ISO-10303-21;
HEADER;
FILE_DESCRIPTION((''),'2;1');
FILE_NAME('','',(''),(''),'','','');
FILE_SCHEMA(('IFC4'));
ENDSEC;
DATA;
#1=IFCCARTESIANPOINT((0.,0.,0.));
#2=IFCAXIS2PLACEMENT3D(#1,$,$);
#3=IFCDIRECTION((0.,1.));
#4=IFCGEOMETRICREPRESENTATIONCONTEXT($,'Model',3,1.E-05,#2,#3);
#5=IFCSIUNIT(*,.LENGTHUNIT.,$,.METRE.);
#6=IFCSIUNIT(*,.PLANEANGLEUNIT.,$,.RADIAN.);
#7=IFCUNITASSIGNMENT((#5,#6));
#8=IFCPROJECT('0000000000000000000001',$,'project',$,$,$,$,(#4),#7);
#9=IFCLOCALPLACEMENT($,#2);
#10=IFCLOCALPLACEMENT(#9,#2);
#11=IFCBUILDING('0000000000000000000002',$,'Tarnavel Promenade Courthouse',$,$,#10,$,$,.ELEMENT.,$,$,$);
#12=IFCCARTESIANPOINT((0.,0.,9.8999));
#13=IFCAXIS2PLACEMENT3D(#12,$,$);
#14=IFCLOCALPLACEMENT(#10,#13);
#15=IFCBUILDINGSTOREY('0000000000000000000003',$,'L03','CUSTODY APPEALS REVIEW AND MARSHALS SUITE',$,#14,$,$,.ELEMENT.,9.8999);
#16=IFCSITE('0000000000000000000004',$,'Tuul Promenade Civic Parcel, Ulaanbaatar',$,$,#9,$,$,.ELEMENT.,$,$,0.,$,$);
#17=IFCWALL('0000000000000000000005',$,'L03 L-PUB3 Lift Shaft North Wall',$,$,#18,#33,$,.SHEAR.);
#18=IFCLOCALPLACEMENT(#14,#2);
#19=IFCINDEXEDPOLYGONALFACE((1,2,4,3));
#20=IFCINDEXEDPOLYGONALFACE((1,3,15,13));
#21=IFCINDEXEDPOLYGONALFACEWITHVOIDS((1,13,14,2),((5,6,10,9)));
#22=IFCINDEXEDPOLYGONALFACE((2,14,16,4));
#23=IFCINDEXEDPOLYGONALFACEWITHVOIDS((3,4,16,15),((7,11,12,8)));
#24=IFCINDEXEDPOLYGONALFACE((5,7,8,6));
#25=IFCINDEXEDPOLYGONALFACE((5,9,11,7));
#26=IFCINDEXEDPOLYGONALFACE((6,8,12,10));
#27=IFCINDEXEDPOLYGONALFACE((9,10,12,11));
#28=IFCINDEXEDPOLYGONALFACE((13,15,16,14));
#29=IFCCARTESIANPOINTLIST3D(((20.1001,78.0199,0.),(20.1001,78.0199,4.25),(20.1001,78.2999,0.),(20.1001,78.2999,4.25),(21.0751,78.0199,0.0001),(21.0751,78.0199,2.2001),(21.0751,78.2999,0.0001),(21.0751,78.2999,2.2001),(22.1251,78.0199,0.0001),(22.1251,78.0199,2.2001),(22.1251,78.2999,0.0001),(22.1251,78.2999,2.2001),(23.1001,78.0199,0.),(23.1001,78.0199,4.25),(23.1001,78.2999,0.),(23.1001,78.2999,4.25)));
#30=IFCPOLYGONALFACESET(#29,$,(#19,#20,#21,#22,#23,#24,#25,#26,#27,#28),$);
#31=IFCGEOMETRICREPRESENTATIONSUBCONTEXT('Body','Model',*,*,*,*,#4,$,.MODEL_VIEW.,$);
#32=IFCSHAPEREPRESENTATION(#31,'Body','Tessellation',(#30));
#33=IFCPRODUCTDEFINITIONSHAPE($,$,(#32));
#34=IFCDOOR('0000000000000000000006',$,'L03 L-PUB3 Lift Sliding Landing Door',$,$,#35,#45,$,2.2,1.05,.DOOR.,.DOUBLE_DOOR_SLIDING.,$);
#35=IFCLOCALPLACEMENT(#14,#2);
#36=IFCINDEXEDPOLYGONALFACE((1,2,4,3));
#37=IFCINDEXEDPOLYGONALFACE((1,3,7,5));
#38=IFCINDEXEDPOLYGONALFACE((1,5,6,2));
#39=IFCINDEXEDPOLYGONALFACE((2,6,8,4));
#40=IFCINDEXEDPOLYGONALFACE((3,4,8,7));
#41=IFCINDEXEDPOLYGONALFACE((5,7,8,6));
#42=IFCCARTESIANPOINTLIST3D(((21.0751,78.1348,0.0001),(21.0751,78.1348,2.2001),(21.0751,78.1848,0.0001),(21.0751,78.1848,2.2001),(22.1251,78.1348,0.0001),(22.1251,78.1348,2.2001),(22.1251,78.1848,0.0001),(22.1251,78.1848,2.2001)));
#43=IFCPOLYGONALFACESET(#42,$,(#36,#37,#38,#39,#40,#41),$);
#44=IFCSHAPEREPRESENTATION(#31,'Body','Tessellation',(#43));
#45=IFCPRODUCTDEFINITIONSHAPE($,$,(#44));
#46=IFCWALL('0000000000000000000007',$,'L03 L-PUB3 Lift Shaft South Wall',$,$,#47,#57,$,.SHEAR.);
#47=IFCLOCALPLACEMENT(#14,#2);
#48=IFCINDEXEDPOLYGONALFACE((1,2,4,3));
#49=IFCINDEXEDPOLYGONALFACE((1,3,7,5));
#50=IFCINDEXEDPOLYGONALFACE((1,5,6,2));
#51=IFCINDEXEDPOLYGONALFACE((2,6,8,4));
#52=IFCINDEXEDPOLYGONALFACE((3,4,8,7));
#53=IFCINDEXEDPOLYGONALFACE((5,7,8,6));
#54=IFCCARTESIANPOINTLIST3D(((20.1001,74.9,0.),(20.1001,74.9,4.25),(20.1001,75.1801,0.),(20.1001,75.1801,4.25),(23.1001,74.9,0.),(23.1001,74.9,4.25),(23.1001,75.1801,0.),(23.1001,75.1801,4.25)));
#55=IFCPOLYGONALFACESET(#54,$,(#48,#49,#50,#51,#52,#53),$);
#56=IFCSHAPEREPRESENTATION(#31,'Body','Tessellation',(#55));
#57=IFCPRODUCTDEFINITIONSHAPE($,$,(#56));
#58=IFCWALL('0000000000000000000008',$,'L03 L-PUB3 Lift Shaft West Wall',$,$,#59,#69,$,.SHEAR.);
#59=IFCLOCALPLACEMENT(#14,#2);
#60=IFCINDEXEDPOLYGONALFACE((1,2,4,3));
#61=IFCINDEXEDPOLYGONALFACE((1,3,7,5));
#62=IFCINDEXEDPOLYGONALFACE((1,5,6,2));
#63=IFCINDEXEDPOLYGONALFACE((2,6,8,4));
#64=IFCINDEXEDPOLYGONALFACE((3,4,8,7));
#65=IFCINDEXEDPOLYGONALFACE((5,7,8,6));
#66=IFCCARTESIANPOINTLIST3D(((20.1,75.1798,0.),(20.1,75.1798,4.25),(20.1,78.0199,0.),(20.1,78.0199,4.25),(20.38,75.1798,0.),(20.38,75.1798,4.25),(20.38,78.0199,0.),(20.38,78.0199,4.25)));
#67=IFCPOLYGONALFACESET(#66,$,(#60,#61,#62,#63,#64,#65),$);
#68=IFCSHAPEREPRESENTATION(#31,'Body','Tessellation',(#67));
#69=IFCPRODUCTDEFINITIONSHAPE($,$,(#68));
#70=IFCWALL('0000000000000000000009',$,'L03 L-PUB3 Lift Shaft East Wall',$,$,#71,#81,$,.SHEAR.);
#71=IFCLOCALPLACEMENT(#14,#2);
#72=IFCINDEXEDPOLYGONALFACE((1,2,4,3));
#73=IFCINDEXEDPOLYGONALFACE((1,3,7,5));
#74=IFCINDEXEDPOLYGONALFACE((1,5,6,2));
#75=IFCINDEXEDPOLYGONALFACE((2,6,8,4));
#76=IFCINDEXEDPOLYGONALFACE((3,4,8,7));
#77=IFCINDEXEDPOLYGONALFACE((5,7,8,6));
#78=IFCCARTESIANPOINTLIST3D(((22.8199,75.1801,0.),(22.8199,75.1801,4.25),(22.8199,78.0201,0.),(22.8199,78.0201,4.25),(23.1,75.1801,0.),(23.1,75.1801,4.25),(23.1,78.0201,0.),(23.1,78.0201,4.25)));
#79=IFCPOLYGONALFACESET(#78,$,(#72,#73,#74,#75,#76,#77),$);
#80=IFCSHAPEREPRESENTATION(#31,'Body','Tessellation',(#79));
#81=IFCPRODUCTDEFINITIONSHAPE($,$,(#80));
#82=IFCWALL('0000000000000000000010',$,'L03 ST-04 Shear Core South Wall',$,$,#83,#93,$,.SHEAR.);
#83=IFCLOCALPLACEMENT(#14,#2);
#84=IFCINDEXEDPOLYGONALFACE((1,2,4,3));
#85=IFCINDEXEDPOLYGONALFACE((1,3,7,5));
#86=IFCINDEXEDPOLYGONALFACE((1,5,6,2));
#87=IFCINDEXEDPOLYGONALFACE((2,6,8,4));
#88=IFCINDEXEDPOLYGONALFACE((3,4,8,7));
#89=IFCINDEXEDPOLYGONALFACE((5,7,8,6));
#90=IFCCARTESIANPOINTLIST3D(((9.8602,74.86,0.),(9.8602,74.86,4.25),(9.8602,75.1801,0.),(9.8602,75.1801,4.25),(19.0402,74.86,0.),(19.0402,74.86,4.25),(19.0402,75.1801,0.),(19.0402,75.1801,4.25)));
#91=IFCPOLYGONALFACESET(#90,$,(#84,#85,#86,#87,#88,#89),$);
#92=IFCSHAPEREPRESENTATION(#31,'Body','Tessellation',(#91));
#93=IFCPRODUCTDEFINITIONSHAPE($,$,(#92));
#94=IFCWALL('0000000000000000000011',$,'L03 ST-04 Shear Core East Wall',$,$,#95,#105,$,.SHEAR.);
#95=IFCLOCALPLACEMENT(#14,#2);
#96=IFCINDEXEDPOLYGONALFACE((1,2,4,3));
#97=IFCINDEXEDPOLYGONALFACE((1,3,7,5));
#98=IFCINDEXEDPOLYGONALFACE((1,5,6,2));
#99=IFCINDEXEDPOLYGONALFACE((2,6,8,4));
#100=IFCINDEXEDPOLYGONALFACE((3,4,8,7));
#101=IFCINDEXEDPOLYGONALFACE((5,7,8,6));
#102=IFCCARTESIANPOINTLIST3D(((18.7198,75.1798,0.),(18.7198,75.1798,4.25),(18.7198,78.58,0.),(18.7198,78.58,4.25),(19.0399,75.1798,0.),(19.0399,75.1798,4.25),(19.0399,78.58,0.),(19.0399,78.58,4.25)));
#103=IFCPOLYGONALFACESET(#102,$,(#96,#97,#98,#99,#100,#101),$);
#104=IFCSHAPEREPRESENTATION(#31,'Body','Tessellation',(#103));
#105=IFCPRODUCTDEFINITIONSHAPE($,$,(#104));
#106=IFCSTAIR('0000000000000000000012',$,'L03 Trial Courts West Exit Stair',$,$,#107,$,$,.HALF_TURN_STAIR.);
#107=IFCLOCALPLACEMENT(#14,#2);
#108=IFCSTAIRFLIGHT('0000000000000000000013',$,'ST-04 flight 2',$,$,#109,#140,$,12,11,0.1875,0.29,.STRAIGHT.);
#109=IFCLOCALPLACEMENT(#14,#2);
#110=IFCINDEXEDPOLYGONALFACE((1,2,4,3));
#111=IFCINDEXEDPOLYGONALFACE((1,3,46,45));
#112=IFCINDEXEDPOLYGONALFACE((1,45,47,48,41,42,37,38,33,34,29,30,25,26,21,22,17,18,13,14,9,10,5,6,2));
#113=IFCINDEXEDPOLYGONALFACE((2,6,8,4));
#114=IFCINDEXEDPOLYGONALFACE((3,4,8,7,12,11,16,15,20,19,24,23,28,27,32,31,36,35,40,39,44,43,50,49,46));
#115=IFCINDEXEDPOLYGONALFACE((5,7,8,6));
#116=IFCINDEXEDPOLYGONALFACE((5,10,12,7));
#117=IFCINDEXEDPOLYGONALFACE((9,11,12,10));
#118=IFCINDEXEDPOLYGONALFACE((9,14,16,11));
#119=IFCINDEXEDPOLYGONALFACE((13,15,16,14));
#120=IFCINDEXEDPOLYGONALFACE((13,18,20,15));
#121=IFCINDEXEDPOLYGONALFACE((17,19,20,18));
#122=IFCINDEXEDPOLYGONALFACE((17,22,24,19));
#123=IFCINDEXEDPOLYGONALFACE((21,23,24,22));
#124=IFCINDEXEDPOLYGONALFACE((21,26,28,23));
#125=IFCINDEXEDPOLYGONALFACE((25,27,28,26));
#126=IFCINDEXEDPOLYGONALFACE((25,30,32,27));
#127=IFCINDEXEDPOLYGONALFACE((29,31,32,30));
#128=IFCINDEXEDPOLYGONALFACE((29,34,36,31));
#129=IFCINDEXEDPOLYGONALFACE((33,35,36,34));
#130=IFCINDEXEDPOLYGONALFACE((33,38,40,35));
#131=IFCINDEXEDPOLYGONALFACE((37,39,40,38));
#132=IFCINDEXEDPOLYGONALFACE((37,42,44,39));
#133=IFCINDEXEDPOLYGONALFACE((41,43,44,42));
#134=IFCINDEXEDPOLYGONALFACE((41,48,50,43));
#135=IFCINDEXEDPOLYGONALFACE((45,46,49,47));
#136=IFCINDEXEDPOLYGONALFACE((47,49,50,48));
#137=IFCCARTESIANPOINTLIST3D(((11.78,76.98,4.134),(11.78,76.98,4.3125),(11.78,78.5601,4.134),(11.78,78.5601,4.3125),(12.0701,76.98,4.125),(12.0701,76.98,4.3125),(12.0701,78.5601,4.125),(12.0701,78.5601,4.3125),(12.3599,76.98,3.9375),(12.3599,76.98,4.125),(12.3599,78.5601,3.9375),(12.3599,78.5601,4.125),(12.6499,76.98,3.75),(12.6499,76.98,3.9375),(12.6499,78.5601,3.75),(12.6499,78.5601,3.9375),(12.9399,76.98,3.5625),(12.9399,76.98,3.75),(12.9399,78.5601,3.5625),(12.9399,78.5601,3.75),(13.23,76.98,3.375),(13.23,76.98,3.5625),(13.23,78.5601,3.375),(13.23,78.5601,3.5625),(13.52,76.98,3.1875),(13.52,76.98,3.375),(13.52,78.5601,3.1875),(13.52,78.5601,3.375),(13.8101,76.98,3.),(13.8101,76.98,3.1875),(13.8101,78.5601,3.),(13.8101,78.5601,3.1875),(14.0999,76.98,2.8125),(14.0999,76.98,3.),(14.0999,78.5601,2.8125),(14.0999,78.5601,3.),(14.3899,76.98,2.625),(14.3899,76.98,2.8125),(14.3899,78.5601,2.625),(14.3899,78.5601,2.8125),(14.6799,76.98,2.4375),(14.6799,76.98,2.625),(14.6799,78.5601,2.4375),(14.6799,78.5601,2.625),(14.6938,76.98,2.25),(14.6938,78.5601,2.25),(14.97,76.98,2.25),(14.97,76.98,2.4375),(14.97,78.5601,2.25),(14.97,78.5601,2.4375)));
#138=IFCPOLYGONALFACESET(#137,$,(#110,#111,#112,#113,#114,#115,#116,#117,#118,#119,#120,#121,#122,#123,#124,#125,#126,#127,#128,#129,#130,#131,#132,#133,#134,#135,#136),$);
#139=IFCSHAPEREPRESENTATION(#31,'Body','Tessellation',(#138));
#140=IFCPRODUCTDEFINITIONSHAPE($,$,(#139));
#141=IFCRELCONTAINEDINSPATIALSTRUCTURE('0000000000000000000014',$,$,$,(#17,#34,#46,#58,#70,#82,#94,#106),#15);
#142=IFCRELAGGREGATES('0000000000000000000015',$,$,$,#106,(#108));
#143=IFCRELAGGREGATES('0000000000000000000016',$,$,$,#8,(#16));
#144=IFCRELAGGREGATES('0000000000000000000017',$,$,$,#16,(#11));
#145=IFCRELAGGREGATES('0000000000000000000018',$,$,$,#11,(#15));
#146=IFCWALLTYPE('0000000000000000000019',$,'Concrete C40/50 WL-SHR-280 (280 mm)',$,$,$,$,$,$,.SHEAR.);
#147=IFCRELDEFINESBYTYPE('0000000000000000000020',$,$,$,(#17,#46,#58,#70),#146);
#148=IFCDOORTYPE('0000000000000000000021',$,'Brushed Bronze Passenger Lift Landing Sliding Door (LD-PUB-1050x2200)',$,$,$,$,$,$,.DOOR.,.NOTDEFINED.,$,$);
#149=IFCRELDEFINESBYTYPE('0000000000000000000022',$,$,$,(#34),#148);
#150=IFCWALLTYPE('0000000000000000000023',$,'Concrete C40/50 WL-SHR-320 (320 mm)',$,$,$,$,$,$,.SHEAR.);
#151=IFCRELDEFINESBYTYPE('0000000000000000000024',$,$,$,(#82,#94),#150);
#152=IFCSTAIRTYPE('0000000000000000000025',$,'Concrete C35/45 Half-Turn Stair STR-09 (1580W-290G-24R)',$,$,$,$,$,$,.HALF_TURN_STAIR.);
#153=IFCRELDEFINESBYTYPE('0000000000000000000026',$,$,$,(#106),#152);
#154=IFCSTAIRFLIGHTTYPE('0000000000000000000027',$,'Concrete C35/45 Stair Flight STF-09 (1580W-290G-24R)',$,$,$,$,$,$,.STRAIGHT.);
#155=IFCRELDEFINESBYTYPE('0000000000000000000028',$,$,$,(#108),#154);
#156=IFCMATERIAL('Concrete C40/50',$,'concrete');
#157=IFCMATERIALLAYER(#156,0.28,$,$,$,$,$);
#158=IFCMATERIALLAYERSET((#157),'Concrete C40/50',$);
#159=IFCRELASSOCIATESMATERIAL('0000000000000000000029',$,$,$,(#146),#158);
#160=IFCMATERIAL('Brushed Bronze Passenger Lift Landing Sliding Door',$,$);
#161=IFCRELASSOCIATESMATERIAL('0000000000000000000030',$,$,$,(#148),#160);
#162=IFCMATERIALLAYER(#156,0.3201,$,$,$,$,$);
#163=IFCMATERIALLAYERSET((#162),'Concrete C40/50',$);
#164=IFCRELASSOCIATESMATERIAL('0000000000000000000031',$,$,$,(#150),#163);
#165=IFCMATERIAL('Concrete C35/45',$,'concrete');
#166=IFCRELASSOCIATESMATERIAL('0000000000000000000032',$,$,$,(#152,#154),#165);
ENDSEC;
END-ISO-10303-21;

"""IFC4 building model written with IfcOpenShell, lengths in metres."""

from ifc_helpers import new_model, si_unit, direction, frame, frame_2d, origin, place, context, subcontext, project, spatial, polyline, rectangle, outline, extrude, material, layer, layer_set, type_object, element, fill, aggregate, save


model = new_model("IFC4")

# Units and contexts
model_context = context("Model", 3, precision=1e-05, world=origin(), true_north=direction((0.0, 1.0)))
body_context = subcontext(model_context, "Body", "Model", "MODEL_VIEW")
ifc_project = project(units=[si_unit("LENGTHUNIT", "METRE"), si_unit("PLANEANGLEUNIT", "RADIAN")], contexts=[model_context])

# Site, building, storey
site_placement = place(None, origin())
site = spatial("IfcSite", under=ifc_project, at=site_placement, Name="Tuul Promenade Civic Parcel, Ulaanbaatar", CompositionType="ELEMENT", RefElevation=0.0)
building_placement = place(site_placement, origin())
building = spatial("IfcBuilding", under=site, at=building_placement, Name="Tarnavel Promenade Courthouse", CompositionType="ELEMENT")
storey_placement = place(building_placement, frame((0.0, 0.0, 9.8999)))
storey = spatial("IfcBuildingStorey", under=building, at=storey_placement, Name="L03", Description="CUSTODY APPEALS REVIEW AND MARSHALS SUITE", CompositionType="ELEMENT", Elevation=9.8999)

# Shared definitions
ifc_material_1 = material(Name="Concrete C40/50", Category="concrete")

# Wall, opening, door
ifc_layer_1 = layer(ifc_material_1, 0.28)
ifc_layer_set_1 = layer_set([ifc_layer_1], Name="Concrete C40/50")
wall_type_1 = type_object("IfcWallType", Name="Concrete C40/50 WL-SHR-280 (280 mm)", PredefinedType="SHEAR", material=ifc_layer_set_1)
wall_1_placement = place(storey_placement, frame((20.1001, 78.1599, 0.0), z_axis=(0.0, 0.0, 1.0), x_axis=(1.0, 0.0, 0.0)))
wall_1 = element("IfcWall", 1, at=wall_1_placement, inside=storey, type_object=wall_type_1, Name="L03 L-PUB3 Lift Shaft North Wall", PredefinedType="SHEAR", context=body_context, shape_type="SweptSolid", body=[
    extrude(rectangle(XDim=3.0, YDim=0.28, at=frame_2d((1.5, 0.0))), origin(), (0.0, 0.0, 1.0), 4.25),
])
opening_placement = place(wall_1_placement, frame((0.9751, 0.0, 0.0)))
opening = element("IfcOpeningElement", 2, at=opening_placement, cuts=wall_1, PredefinedType="OPENING", context=body_context, shape_type="SweptSolid", body=[
    extrude(rectangle(XDim=1.05, YDim=2.2, at=frame_2d((0.5249, 1.1001))), frame((0.0, 0.1499, 0.0), z_axis=(0.0, -1.0, 0.0), x_axis=(1.0, 0.0, 0.0)), (0.0, 0.0, 1.0), 0.3),
])
ifc_material_2 = material(Name="Brushed Bronze Passenger Lift Landing Sliding Door")
door_type = type_object("IfcDoorType", Name="Brushed Bronze Passenger Lift Landing Sliding Door (LD-PUB-1050x2200)", OperationType="NOTDEFINED", PredefinedType="DOOR", material=ifc_material_2)
door_placement = place(opening_placement, origin())
door = element("IfcDoor", 3, at=door_placement, inside=storey, type_object=door_type, Name="L03 L-PUB3 Lift Sliding Landing Door", OperationType="DOUBLE_DOOR_SLIDING", OverallHeight=2.2, OverallWidth=1.05, PredefinedType="DOOR", context=body_context, shape_type="SweptSolid", body=[
    extrude(rectangle(XDim=1.05, YDim=2.2, at=frame_2d((0.5249, 1.1001))), frame((0.0, 0.0249, 0.0), z_axis=(0.0, -1.0, 0.0), x_axis=(1.0, 0.0, 0.0)), (0.0, 0.0, 1.0), 0.05),
])
fill(opening, door)

# Walls
wall_2_placement = place(storey_placement, frame((23.1001, 75.04, 0.0), z_axis=(0.0, 0.0, 1.0), x_axis=(-1.0, 0.0, 0.0)))
element("IfcWall", 4, at=wall_2_placement, inside=storey, type_object=wall_type_1, Name="L03 L-PUB3 Lift Shaft South Wall", PredefinedType="SHEAR", context=body_context, shape_type="SweptSolid", body=[
    extrude(rectangle(XDim=3.0, YDim=0.28, at=frame_2d((1.5, 0.0))), origin(), (0.0, 0.0, 1.0), 4.25),
])
for number, where, z_axis, x_axis, name in (
    (5, (20.24, 75.1799, 0.0), (0.0, 0.0, 1.0), (0.0, 1.0, 0.0), "L03 L-PUB3 Lift Shaft West Wall"),
    (6, (22.96, 78.02, 0.0), (0.0, 0.0, 1.0), (0.0, -1.0, 0.0), "L03 L-PUB3 Lift Shaft East Wall"),
):
    element("IfcWall", number, at=place(storey_placement, frame(where, z_axis=z_axis, x_axis=x_axis)), inside=storey, type_object=wall_type_1, Name=name, PredefinedType="SHEAR", context=body_context, shape_type="SweptSolid", body=[
        extrude(rectangle(XDim=2.8401, YDim=0.28, at=frame_2d((1.4199, 0.0))), origin(), (0.0, 0.0, 1.0), 4.25),
    ])
ifc_layer_2 = layer(ifc_material_1, 0.3201)
ifc_layer_set_2 = layer_set([ifc_layer_2], Name="Concrete C40/50")
wall_type_2 = type_object("IfcWallType", Name="Concrete C40/50 WL-SHR-320 (320 mm)", PredefinedType="SHEAR", material=ifc_layer_set_2)
wall_3_placement = place(storey_placement, frame((19.04, 75.02, 0.0), z_axis=(0.0, 0.0, 1.0), x_axis=(-1.0, 0.0, 0.0)))
element("IfcWall", 7, at=wall_3_placement, inside=storey, type_object=wall_type_2, Name="L03 ST-04 Shear Core South Wall", PredefinedType="SHEAR", context=body_context, shape_type="SweptSolid", body=[
    extrude(rectangle(XDim=9.1799, YDim=0.3201, at=frame_2d((4.5898, 0.0))), origin(), (0.0, 0.0, 1.0), 4.25),
])
wall_4_placement = place(storey_placement, frame((18.8799, 78.5801, 0.0), z_axis=(0.0, 0.0, 1.0), x_axis=(0.0, -1.0, 0.0)))
element("IfcWall", 8, at=wall_4_placement, inside=storey, type_object=wall_type_2, Name="L03 ST-04 Shear Core East Wall", PredefinedType="SHEAR", context=body_context, shape_type="SweptSolid", body=[
    extrude(rectangle(XDim=3.4001, YDim=0.3201, at=frame_2d((1.7002, 0.0))), origin(), (0.0, 0.0, 1.0), 4.25),
])

# Stair, stair flight
ifc_material_3 = material(Name="Concrete C35/45", Category="concrete")
stair_type = type_object("IfcStairType", Name="Concrete C35/45 Half-Turn Stair STR-09 (1580W-290G-24R)", PredefinedType="HALF_TURN_STAIR", material=ifc_material_3)
stair_placement = place(storey_placement, origin())
stair = element("IfcStair", 9, at=stair_placement, inside=storey, type_object=stair_type, Name="L03 Trial Courts West Exit Stair", PredefinedType="HALF_TURN_STAIR")
stair_flight_type = type_object("IfcStairFlightType", Name="Concrete C35/45 Stair Flight STF-09 (1580W-290G-24R)", PredefinedType="STRAIGHT", material=ifc_material_3)
stair_flight_placement = place(storey_placement, frame((14.97, 77.77, 2.25), z_axis=(0.0, 0.0, 1.0), x_axis=(-1.0, 0.0, 0.0)))
stair_flight = element("IfcStairFlight", 10, at=stair_flight_placement, type_object=stair_flight_type, Name="ST-04 flight 2", NumberOfRisers=12, NumberOfTreads=11, PredefinedType="STRAIGHT", RiserHeight=0.1875, TreadLength=0.29, context=body_context, shape_type="SweptSolid", body=[
    extrude(outline(polyline([(0.0, 0.0), (0.0, 0.1875), (0.29, 0.1875), (0.29, 0.375), (0.5801, 0.375), (0.5801, 0.5625), (0.8701, 0.5625), (0.8701, 0.75), (1.1599, 0.75), (1.1599, 0.9375), (1.45, 0.9375), (1.45, 1.125), (1.74, 1.125), (1.74, 1.3125), (2.03, 1.3125), (2.03, 1.5), (2.3201, 1.5), (2.3201, 1.6875), (2.6101, 1.6875), (2.6101, 1.875), (2.8999, 1.875), (2.8999, 2.0625), (3.1899, 2.0625), (3.1899, 2.25), (3.1899, 1.884), (0.2761, 0.0), (0.0, 0.0)])), frame((0.0, 0.79, 0.0), z_axis=(0.0, -1.0, 0.0), x_axis=(1.0, 0.0, 0.0)), (0.0, 0.0, 1.0), 1.5801),
])
aggregate(stair, [stair_flight])

save(model, "model.ifc")
